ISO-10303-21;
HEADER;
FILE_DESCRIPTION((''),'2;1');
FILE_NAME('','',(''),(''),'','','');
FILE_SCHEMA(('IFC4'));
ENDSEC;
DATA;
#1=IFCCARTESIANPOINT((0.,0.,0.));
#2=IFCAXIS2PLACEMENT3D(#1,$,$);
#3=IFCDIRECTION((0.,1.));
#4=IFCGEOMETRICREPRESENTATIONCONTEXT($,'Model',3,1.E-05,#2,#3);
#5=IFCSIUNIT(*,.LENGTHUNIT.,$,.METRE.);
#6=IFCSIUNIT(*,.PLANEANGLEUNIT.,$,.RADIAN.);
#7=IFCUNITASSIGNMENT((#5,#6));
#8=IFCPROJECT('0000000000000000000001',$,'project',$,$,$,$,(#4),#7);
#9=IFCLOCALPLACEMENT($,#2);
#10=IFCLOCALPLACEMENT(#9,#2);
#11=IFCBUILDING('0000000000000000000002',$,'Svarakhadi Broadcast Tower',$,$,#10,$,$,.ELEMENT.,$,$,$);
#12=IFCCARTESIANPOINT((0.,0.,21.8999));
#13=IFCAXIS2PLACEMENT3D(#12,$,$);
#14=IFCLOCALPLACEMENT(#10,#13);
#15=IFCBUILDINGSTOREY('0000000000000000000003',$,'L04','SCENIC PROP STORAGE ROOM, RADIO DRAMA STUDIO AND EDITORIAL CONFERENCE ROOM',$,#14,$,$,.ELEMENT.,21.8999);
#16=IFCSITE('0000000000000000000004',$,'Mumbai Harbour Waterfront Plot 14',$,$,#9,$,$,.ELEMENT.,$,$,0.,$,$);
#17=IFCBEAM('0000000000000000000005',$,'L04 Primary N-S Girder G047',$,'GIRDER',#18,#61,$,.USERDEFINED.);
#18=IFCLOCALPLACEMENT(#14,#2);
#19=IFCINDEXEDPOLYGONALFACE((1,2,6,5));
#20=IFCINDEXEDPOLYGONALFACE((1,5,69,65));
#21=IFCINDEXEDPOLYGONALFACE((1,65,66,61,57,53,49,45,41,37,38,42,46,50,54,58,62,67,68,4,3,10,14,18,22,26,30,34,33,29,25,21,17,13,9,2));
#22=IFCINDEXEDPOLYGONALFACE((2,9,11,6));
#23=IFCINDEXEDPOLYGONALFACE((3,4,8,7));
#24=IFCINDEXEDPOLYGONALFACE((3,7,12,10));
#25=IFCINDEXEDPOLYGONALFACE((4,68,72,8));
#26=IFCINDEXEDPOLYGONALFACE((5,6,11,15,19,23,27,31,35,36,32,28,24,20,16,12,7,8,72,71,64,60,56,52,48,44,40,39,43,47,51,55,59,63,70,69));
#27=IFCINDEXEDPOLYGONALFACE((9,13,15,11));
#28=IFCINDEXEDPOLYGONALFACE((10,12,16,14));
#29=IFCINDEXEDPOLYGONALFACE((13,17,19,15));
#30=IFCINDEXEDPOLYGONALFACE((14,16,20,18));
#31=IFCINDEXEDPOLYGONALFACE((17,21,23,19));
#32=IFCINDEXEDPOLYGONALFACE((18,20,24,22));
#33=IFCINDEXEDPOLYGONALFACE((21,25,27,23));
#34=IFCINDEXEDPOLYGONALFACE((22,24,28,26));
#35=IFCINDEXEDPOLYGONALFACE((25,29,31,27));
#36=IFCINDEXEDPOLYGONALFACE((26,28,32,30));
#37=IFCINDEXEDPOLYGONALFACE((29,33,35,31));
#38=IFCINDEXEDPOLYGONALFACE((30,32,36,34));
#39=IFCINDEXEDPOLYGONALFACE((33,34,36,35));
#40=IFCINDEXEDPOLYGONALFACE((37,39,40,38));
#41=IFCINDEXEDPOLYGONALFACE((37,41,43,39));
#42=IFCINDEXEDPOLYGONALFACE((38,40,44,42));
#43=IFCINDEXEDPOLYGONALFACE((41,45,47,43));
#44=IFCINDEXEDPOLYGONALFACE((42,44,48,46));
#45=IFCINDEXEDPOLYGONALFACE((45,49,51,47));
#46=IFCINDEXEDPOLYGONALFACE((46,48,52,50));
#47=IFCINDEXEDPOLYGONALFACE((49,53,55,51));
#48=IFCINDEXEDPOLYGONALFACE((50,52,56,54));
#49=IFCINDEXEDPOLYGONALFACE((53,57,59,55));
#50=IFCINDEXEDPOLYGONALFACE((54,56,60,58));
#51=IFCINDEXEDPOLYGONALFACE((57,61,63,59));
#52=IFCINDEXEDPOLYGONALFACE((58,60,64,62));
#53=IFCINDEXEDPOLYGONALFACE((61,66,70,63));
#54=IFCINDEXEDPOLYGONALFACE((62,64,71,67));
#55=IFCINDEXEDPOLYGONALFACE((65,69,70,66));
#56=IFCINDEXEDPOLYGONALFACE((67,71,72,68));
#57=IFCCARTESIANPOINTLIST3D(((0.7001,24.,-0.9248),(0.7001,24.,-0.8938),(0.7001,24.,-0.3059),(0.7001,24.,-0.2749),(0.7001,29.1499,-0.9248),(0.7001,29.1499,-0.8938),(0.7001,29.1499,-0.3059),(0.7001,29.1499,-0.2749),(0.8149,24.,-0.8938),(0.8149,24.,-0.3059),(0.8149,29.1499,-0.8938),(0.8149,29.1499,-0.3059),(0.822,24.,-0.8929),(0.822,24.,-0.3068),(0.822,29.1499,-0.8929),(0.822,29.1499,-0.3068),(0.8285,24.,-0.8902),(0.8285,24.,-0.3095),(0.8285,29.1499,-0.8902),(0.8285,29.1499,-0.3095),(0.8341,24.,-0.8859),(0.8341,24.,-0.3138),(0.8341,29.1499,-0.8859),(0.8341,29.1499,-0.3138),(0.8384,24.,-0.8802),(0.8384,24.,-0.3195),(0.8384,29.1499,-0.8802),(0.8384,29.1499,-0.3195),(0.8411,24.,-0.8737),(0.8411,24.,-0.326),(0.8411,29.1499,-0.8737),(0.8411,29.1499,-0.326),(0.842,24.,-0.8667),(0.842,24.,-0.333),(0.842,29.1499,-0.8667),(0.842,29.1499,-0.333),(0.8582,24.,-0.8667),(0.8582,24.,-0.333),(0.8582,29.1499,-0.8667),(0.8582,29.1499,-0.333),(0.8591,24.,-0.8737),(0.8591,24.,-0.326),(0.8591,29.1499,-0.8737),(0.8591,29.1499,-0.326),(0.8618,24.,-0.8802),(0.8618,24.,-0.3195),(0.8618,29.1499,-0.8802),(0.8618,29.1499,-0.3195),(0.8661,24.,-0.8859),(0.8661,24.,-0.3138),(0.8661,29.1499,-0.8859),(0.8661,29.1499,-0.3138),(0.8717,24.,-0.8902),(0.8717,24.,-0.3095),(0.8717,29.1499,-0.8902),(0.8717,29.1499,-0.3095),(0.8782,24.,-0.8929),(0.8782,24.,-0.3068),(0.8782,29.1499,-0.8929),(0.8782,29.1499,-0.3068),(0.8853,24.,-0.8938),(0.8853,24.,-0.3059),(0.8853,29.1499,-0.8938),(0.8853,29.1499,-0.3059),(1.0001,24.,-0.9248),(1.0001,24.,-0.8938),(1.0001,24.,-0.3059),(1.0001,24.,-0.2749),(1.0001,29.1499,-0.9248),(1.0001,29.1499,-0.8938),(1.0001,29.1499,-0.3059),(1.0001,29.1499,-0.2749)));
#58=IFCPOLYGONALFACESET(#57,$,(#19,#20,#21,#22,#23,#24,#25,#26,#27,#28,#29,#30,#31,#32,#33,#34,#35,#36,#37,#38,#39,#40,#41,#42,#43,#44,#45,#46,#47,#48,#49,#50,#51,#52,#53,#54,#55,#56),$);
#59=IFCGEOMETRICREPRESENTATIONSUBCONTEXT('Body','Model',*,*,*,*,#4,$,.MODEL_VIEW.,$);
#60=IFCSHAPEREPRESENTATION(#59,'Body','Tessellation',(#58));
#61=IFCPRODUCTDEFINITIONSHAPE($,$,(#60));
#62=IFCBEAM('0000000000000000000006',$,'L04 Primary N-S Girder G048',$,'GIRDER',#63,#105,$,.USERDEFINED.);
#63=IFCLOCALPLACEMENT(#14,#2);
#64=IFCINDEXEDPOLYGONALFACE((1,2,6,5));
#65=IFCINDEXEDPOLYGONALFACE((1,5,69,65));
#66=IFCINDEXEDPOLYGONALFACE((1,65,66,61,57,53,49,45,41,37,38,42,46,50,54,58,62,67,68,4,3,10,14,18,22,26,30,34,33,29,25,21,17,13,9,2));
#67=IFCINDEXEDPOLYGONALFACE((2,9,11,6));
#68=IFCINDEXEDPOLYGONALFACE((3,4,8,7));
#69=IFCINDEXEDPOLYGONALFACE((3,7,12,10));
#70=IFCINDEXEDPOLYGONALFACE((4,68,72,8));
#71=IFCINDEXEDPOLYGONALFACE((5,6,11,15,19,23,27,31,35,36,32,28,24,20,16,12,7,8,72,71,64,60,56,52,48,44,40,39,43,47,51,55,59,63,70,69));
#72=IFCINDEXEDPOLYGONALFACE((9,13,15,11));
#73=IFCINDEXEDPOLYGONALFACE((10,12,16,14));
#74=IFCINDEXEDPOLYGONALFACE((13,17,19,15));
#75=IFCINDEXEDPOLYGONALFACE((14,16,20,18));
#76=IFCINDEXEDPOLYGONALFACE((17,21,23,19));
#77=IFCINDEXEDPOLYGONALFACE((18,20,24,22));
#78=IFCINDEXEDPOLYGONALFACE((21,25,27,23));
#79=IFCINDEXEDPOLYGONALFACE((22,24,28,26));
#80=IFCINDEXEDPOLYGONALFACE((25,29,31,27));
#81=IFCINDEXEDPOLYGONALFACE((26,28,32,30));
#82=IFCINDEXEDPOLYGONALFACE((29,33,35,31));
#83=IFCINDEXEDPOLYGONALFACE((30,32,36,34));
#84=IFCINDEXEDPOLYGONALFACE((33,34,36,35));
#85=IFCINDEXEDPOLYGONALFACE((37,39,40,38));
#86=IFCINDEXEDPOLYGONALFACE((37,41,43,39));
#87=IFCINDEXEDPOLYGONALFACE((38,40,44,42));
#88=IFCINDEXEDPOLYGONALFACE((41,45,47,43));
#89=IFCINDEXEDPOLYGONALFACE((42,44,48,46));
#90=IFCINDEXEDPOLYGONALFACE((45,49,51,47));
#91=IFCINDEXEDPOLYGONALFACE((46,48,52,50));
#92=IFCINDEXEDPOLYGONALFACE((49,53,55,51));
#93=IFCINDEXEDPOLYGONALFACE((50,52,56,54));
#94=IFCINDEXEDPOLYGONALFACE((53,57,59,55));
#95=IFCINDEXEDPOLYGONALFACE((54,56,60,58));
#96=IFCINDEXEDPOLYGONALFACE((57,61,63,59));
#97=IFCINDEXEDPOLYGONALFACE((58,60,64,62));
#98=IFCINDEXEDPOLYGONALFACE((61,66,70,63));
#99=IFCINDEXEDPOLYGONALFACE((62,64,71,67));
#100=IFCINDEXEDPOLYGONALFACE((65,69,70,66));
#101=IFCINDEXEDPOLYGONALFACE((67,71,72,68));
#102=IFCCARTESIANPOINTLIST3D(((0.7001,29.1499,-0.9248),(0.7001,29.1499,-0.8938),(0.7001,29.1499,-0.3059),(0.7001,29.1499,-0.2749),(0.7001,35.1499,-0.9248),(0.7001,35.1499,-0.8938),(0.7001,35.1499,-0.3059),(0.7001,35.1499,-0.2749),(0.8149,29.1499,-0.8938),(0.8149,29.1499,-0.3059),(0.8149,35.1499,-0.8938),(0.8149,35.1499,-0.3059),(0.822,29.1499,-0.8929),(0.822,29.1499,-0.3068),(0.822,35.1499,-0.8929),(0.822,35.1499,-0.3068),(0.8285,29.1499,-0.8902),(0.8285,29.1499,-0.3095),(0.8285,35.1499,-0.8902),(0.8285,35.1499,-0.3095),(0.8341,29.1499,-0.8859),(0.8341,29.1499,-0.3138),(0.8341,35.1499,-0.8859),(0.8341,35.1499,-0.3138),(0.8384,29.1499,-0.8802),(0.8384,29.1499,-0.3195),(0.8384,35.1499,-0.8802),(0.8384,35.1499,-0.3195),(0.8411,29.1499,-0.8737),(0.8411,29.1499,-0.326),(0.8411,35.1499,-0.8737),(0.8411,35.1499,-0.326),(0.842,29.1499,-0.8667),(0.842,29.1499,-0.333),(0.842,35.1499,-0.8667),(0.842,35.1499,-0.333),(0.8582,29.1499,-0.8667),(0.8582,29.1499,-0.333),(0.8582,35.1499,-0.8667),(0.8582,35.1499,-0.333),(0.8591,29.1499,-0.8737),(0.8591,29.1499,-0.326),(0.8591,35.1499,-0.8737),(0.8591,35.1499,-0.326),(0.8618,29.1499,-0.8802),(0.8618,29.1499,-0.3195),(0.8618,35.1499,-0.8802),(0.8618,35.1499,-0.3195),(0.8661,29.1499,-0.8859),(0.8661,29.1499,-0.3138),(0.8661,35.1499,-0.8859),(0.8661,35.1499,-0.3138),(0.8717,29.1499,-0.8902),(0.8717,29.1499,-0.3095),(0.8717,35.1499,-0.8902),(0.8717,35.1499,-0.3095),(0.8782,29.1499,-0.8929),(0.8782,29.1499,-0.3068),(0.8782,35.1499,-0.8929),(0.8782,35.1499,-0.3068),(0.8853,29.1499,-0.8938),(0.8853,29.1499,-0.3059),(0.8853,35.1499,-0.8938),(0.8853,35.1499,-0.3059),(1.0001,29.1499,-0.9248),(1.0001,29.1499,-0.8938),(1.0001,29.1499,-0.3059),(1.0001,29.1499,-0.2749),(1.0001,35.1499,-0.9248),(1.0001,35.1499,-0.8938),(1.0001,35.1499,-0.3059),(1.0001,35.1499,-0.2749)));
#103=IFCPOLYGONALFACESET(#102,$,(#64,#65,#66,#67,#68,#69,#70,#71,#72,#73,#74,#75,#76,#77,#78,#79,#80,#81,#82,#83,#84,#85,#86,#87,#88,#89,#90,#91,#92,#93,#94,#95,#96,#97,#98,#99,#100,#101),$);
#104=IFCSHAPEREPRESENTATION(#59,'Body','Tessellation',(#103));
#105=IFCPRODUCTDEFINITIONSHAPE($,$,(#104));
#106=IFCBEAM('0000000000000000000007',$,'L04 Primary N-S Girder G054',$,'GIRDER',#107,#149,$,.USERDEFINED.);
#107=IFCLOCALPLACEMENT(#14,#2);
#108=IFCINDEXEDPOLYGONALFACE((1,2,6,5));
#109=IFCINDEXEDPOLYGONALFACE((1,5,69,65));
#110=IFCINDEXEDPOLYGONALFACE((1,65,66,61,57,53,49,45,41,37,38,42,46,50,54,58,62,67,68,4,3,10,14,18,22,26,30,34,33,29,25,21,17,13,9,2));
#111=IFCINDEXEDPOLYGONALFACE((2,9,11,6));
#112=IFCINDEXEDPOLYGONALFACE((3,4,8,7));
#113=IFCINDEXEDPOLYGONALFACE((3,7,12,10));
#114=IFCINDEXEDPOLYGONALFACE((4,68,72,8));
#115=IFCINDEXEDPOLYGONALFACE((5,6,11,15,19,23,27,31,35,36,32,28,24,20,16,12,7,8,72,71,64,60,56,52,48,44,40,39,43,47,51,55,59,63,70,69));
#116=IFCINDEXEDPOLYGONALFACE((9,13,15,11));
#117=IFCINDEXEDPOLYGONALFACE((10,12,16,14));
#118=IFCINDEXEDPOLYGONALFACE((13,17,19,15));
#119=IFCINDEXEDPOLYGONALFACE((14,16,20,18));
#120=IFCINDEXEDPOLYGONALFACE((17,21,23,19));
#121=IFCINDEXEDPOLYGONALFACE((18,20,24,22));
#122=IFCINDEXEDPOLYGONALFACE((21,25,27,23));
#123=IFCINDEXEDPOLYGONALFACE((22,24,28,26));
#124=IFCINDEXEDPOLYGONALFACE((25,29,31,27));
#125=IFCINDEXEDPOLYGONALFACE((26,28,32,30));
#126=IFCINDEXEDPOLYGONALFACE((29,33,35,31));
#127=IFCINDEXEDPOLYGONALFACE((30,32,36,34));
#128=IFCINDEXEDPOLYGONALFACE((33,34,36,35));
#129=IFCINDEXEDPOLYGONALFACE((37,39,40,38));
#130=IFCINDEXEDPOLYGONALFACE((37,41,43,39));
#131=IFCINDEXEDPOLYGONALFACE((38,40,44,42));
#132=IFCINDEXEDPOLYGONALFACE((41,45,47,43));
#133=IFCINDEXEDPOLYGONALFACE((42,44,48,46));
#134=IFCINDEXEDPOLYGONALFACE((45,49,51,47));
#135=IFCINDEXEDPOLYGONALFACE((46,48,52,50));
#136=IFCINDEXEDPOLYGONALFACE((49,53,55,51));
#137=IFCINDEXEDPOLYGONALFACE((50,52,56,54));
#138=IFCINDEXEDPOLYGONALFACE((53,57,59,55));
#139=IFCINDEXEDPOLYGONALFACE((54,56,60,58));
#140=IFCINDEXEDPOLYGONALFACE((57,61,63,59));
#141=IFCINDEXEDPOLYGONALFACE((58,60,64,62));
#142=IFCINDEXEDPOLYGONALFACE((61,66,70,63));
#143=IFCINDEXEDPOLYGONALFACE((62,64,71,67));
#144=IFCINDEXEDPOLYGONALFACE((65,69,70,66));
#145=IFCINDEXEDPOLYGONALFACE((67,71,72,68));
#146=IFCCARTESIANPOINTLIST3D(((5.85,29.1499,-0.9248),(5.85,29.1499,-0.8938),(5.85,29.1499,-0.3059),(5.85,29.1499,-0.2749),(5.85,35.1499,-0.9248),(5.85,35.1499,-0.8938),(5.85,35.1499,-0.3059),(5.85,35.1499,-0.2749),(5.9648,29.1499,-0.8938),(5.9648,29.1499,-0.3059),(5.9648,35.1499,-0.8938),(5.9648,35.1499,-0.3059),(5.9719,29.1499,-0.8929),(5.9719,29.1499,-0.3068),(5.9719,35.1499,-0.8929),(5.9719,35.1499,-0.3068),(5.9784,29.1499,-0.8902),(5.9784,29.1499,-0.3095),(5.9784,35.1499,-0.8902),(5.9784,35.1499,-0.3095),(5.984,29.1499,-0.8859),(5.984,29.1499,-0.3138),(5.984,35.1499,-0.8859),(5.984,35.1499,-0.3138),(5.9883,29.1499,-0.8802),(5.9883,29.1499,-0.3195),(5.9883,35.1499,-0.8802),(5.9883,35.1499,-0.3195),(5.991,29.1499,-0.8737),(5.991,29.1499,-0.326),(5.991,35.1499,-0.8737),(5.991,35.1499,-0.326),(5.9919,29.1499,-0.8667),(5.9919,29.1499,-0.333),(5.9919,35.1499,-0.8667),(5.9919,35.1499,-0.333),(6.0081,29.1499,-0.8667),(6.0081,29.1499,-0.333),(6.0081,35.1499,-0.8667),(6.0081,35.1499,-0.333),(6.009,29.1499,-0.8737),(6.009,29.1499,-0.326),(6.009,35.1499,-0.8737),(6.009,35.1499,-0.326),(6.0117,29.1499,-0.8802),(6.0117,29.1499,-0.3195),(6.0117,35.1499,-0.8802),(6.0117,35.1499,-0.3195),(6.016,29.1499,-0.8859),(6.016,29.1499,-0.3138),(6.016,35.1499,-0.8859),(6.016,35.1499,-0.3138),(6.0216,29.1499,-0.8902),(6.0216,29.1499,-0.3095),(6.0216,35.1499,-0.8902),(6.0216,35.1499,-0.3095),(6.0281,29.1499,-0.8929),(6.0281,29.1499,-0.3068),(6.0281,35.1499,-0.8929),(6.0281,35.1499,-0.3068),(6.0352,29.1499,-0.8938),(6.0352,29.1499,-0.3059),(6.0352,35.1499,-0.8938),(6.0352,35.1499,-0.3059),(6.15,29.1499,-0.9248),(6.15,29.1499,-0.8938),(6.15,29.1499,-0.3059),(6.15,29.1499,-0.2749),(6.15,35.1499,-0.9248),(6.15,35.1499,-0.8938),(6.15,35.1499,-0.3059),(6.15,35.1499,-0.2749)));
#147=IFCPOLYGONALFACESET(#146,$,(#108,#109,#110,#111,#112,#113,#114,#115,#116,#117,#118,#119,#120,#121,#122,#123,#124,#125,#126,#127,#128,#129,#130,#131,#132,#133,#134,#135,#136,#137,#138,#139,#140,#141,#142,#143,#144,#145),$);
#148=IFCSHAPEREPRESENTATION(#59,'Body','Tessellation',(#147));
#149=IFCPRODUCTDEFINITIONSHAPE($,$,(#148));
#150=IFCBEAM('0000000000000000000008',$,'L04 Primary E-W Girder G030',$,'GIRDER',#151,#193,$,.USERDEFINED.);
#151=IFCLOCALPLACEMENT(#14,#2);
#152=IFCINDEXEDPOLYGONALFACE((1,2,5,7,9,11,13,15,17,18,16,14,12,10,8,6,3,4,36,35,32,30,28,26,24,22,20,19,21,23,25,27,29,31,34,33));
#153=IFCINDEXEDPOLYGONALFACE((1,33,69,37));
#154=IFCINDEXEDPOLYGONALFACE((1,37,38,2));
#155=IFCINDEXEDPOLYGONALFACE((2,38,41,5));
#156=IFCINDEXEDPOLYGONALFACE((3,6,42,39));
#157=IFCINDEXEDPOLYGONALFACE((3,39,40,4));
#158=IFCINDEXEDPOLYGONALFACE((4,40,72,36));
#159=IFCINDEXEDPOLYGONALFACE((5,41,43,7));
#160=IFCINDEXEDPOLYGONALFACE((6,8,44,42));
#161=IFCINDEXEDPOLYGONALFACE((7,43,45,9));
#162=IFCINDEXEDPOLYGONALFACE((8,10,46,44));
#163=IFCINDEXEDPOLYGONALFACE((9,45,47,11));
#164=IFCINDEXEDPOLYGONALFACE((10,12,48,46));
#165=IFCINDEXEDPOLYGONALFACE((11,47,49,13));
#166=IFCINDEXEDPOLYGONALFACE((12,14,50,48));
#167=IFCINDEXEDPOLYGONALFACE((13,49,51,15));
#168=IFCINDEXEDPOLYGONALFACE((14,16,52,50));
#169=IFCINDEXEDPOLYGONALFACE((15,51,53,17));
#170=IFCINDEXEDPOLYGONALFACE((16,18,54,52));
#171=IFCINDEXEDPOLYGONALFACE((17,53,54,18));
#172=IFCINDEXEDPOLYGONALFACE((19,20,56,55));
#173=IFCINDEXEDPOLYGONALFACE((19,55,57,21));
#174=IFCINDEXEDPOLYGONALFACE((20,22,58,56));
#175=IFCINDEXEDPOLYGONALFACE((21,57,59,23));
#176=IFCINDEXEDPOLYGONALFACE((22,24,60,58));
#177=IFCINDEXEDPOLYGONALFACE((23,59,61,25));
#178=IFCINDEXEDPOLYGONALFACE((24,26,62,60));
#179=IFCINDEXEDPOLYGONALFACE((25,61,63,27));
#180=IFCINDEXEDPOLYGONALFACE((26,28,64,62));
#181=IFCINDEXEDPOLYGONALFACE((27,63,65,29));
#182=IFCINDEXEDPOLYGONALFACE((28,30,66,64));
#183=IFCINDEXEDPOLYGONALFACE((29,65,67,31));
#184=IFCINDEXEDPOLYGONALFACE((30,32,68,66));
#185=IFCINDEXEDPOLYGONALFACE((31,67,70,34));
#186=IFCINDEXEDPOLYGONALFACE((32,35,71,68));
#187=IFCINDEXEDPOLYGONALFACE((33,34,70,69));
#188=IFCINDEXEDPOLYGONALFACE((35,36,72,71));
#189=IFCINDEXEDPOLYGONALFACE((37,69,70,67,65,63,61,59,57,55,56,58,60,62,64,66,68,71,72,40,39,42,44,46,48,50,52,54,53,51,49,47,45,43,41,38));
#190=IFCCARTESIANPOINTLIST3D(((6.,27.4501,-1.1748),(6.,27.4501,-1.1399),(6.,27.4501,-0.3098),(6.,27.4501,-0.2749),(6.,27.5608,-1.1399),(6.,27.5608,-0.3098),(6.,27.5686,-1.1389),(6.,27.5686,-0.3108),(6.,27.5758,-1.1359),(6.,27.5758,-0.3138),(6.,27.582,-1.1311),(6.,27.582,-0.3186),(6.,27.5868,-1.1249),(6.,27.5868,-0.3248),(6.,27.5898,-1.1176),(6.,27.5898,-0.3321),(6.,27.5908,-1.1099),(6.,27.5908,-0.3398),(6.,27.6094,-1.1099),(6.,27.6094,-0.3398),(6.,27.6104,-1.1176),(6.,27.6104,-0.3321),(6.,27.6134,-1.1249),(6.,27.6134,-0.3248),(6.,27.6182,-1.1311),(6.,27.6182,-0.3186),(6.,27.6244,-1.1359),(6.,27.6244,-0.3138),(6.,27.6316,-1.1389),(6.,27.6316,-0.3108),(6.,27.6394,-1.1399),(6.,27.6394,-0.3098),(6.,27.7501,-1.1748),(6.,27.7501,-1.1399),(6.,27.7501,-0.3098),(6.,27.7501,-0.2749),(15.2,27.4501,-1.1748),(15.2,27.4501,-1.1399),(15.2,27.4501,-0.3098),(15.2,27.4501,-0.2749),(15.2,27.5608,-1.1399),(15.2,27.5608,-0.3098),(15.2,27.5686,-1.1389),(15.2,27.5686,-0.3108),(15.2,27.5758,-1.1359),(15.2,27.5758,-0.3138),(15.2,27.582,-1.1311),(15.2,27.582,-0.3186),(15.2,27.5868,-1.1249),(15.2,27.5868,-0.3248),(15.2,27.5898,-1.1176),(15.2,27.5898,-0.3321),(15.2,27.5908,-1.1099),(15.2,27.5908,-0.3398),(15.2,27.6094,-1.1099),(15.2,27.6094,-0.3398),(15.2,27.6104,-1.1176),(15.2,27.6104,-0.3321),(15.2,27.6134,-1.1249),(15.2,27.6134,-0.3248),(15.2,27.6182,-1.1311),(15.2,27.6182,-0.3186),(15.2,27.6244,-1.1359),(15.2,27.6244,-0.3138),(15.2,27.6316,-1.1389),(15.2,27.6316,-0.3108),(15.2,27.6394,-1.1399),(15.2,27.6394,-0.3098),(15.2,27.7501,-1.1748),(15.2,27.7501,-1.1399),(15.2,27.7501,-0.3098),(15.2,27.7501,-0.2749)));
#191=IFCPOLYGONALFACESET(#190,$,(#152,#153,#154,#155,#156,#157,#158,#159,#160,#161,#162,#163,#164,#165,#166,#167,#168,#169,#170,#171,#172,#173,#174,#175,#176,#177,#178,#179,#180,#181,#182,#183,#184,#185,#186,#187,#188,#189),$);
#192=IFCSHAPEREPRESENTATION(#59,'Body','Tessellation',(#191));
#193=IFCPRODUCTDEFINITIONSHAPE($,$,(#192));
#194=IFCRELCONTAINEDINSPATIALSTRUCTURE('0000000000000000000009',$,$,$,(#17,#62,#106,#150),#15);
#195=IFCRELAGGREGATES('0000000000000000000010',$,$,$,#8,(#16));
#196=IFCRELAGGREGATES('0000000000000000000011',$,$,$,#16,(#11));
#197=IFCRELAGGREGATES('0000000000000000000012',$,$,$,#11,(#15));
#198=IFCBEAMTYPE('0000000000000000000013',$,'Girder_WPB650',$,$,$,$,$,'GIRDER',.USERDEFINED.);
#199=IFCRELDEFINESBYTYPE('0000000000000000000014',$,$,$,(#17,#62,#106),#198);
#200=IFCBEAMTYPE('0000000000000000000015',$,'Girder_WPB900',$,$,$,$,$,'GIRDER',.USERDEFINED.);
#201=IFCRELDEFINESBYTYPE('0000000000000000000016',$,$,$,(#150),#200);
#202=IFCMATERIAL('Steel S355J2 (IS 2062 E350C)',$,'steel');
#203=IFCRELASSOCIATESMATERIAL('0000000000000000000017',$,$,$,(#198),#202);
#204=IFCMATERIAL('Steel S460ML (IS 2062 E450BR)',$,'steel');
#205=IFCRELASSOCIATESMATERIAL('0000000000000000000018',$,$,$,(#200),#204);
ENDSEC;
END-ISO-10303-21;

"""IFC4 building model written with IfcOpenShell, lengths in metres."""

from ifc_helpers import new_model, si_unit, direction, frame, origin, origin_2d, place, context, subcontext, project, spatial, i_section, extrude, material, material_profile, profile_set, type_object, element, save


model = new_model("IFC4")

# Units and contexts
model_context = context("Model", 3, precision=1e-05, world=origin(), true_north=direction((0.0, 1.0)))
body_context = subcontext(model_context, "Body", "Model", "MODEL_VIEW")
ifc_project = project(units=[si_unit("LENGTHUNIT", "METRE"), si_unit("PLANEANGLEUNIT", "RADIAN")], contexts=[model_context])

# Site, building, storey
site_placement = place(None, origin())
site = spatial("IfcSite", under=ifc_project, at=site_placement, Name="Mumbai Harbour Waterfront Plot 14", CompositionType="ELEMENT", RefElevation=0.0)
building_placement = place(site_placement, origin())
building = spatial("IfcBuilding", under=site, at=building_placement, Name="Svarakhadi Broadcast Tower", CompositionType="ELEMENT")
storey_placement = place(building_placement, frame((0.0, 0.0, 21.8999)))
storey = spatial("IfcBuildingStorey", under=building, at=storey_placement, Name="L04", Description="SCENIC PROP STORAGE ROOM, RADIO DRAMA STUDIO AND EDITORIAL CONFERENCE ROOM", CompositionType="ELEMENT", Elevation=21.8999)

# Shared definitions
ifc_material_1 = material(Name="Steel S460ML (IS 2062 E450BR)", Category="steel")

# Shared definitions
ifc_material_2 = material(Name="Steel S355J2 (IS 2062 E350C)", Category="steel")

# Beams
ifc_material_profile_1 = material_profile(ifc_material_2, i_section(OverallWidth=0.3, OverallDepth=0.6499, WebThickness=0.0161, FlangeThickness=0.031, FilletRadius=0.0271, at=origin_2d()), Name="WPB 650x300x225")
ifc_profile_set_1 = profile_set([ifc_material_profile_1], Name="Steel S355J2 (IS 2062 E350C)")
beam_type_1 = type_object("IfcBeamType", Name="Girder_WPB650", ElementType="GIRDER", PredefinedType="USERDEFINED", material=ifc_profile_set_1)
for number, where, z_axis, x_axis, name in (
    (1, (0.8501, 24.0, -0.5999), (0.0, 1.0, 0.0), (-1.0, 0.0, 0.0), "L04 Primary N-S Girder G047"),
):
    element("IfcBeam", number, at=place(storey_placement, frame(where, z_axis=z_axis, x_axis=x_axis)), inside=storey, type_object=beam_type_1, Name=name, ObjectType="GIRDER", PredefinedType="USERDEFINED", context=body_context, shape_type="SweptSolid", body=[
        extrude(i_section(OverallWidth=0.3, OverallDepth=0.6499, WebThickness=0.0161, FlangeThickness=0.031, FilletRadius=0.0271, at=origin_2d()), origin(), (0.0, 0.0, 1.0), 5.1499),
    ])
for number, where, z_axis, x_axis, name in (
    (2, (0.8501, 29.1499, -0.5999), (0.0, 1.0, 0.0), (-1.0, 0.0, 0.0), "L04 Primary N-S Girder G048"),
    (3, (6.0, 29.1499, -0.5999), (0.0, 1.0, 0.0), (-1.0, 0.0, 0.0), "L04 Primary N-S Girder G054"),
):
    element("IfcBeam", number, at=place(storey_placement, frame(where, z_axis=z_axis, x_axis=x_axis)), inside=storey, type_object=beam_type_1, Name=name, ObjectType="GIRDER", PredefinedType="USERDEFINED", context=body_context, shape_type="SweptSolid", body=[
        extrude(i_section(OverallWidth=0.3, OverallDepth=0.6499, WebThickness=0.0161, FlangeThickness=0.031, FilletRadius=0.0271, at=origin_2d()), origin(), (0.0, 0.0, 1.0), 6.0),
    ])
ifc_material_profile_2 = material_profile(ifc_material_1, i_section(OverallWidth=0.3, OverallDepth=0.8999, WebThickness=0.0186, FlangeThickness=0.0349, FilletRadius=0.03, at=origin_2d()), Name="WPB 900x300x291")
ifc_profile_set_2 = profile_set([ifc_material_profile_2], Name="Steel S460ML (IS 2062 E450BR)")
beam_type_2 = type_object("IfcBeamType", Name="Girder_WPB900", ElementType="GIRDER", PredefinedType="USERDEFINED", material=ifc_profile_set_2)
beam_1_placement = place(storey_placement, frame((6.0, 27.6001, -0.7249), z_axis=(1.0, 0.0, 0.0), x_axis=(0.0, 1.0, 0.0)))
element("IfcBeam", 4, at=beam_1_placement, inside=storey, type_object=beam_type_2, Name="L04 Primary E-W Girder G030", ObjectType="GIRDER", PredefinedType="USERDEFINED", context=body_context, shape_type="SweptSolid", body=[
    extrude(i_section(OverallWidth=0.3, OverallDepth=0.8999, WebThickness=0.0186, FlangeThickness=0.0349, FilletRadius=0.03, at=origin_2d()), origin(), (0.0, 0.0, 1.0), 9.2),
])

save(model, "model.ifc")
